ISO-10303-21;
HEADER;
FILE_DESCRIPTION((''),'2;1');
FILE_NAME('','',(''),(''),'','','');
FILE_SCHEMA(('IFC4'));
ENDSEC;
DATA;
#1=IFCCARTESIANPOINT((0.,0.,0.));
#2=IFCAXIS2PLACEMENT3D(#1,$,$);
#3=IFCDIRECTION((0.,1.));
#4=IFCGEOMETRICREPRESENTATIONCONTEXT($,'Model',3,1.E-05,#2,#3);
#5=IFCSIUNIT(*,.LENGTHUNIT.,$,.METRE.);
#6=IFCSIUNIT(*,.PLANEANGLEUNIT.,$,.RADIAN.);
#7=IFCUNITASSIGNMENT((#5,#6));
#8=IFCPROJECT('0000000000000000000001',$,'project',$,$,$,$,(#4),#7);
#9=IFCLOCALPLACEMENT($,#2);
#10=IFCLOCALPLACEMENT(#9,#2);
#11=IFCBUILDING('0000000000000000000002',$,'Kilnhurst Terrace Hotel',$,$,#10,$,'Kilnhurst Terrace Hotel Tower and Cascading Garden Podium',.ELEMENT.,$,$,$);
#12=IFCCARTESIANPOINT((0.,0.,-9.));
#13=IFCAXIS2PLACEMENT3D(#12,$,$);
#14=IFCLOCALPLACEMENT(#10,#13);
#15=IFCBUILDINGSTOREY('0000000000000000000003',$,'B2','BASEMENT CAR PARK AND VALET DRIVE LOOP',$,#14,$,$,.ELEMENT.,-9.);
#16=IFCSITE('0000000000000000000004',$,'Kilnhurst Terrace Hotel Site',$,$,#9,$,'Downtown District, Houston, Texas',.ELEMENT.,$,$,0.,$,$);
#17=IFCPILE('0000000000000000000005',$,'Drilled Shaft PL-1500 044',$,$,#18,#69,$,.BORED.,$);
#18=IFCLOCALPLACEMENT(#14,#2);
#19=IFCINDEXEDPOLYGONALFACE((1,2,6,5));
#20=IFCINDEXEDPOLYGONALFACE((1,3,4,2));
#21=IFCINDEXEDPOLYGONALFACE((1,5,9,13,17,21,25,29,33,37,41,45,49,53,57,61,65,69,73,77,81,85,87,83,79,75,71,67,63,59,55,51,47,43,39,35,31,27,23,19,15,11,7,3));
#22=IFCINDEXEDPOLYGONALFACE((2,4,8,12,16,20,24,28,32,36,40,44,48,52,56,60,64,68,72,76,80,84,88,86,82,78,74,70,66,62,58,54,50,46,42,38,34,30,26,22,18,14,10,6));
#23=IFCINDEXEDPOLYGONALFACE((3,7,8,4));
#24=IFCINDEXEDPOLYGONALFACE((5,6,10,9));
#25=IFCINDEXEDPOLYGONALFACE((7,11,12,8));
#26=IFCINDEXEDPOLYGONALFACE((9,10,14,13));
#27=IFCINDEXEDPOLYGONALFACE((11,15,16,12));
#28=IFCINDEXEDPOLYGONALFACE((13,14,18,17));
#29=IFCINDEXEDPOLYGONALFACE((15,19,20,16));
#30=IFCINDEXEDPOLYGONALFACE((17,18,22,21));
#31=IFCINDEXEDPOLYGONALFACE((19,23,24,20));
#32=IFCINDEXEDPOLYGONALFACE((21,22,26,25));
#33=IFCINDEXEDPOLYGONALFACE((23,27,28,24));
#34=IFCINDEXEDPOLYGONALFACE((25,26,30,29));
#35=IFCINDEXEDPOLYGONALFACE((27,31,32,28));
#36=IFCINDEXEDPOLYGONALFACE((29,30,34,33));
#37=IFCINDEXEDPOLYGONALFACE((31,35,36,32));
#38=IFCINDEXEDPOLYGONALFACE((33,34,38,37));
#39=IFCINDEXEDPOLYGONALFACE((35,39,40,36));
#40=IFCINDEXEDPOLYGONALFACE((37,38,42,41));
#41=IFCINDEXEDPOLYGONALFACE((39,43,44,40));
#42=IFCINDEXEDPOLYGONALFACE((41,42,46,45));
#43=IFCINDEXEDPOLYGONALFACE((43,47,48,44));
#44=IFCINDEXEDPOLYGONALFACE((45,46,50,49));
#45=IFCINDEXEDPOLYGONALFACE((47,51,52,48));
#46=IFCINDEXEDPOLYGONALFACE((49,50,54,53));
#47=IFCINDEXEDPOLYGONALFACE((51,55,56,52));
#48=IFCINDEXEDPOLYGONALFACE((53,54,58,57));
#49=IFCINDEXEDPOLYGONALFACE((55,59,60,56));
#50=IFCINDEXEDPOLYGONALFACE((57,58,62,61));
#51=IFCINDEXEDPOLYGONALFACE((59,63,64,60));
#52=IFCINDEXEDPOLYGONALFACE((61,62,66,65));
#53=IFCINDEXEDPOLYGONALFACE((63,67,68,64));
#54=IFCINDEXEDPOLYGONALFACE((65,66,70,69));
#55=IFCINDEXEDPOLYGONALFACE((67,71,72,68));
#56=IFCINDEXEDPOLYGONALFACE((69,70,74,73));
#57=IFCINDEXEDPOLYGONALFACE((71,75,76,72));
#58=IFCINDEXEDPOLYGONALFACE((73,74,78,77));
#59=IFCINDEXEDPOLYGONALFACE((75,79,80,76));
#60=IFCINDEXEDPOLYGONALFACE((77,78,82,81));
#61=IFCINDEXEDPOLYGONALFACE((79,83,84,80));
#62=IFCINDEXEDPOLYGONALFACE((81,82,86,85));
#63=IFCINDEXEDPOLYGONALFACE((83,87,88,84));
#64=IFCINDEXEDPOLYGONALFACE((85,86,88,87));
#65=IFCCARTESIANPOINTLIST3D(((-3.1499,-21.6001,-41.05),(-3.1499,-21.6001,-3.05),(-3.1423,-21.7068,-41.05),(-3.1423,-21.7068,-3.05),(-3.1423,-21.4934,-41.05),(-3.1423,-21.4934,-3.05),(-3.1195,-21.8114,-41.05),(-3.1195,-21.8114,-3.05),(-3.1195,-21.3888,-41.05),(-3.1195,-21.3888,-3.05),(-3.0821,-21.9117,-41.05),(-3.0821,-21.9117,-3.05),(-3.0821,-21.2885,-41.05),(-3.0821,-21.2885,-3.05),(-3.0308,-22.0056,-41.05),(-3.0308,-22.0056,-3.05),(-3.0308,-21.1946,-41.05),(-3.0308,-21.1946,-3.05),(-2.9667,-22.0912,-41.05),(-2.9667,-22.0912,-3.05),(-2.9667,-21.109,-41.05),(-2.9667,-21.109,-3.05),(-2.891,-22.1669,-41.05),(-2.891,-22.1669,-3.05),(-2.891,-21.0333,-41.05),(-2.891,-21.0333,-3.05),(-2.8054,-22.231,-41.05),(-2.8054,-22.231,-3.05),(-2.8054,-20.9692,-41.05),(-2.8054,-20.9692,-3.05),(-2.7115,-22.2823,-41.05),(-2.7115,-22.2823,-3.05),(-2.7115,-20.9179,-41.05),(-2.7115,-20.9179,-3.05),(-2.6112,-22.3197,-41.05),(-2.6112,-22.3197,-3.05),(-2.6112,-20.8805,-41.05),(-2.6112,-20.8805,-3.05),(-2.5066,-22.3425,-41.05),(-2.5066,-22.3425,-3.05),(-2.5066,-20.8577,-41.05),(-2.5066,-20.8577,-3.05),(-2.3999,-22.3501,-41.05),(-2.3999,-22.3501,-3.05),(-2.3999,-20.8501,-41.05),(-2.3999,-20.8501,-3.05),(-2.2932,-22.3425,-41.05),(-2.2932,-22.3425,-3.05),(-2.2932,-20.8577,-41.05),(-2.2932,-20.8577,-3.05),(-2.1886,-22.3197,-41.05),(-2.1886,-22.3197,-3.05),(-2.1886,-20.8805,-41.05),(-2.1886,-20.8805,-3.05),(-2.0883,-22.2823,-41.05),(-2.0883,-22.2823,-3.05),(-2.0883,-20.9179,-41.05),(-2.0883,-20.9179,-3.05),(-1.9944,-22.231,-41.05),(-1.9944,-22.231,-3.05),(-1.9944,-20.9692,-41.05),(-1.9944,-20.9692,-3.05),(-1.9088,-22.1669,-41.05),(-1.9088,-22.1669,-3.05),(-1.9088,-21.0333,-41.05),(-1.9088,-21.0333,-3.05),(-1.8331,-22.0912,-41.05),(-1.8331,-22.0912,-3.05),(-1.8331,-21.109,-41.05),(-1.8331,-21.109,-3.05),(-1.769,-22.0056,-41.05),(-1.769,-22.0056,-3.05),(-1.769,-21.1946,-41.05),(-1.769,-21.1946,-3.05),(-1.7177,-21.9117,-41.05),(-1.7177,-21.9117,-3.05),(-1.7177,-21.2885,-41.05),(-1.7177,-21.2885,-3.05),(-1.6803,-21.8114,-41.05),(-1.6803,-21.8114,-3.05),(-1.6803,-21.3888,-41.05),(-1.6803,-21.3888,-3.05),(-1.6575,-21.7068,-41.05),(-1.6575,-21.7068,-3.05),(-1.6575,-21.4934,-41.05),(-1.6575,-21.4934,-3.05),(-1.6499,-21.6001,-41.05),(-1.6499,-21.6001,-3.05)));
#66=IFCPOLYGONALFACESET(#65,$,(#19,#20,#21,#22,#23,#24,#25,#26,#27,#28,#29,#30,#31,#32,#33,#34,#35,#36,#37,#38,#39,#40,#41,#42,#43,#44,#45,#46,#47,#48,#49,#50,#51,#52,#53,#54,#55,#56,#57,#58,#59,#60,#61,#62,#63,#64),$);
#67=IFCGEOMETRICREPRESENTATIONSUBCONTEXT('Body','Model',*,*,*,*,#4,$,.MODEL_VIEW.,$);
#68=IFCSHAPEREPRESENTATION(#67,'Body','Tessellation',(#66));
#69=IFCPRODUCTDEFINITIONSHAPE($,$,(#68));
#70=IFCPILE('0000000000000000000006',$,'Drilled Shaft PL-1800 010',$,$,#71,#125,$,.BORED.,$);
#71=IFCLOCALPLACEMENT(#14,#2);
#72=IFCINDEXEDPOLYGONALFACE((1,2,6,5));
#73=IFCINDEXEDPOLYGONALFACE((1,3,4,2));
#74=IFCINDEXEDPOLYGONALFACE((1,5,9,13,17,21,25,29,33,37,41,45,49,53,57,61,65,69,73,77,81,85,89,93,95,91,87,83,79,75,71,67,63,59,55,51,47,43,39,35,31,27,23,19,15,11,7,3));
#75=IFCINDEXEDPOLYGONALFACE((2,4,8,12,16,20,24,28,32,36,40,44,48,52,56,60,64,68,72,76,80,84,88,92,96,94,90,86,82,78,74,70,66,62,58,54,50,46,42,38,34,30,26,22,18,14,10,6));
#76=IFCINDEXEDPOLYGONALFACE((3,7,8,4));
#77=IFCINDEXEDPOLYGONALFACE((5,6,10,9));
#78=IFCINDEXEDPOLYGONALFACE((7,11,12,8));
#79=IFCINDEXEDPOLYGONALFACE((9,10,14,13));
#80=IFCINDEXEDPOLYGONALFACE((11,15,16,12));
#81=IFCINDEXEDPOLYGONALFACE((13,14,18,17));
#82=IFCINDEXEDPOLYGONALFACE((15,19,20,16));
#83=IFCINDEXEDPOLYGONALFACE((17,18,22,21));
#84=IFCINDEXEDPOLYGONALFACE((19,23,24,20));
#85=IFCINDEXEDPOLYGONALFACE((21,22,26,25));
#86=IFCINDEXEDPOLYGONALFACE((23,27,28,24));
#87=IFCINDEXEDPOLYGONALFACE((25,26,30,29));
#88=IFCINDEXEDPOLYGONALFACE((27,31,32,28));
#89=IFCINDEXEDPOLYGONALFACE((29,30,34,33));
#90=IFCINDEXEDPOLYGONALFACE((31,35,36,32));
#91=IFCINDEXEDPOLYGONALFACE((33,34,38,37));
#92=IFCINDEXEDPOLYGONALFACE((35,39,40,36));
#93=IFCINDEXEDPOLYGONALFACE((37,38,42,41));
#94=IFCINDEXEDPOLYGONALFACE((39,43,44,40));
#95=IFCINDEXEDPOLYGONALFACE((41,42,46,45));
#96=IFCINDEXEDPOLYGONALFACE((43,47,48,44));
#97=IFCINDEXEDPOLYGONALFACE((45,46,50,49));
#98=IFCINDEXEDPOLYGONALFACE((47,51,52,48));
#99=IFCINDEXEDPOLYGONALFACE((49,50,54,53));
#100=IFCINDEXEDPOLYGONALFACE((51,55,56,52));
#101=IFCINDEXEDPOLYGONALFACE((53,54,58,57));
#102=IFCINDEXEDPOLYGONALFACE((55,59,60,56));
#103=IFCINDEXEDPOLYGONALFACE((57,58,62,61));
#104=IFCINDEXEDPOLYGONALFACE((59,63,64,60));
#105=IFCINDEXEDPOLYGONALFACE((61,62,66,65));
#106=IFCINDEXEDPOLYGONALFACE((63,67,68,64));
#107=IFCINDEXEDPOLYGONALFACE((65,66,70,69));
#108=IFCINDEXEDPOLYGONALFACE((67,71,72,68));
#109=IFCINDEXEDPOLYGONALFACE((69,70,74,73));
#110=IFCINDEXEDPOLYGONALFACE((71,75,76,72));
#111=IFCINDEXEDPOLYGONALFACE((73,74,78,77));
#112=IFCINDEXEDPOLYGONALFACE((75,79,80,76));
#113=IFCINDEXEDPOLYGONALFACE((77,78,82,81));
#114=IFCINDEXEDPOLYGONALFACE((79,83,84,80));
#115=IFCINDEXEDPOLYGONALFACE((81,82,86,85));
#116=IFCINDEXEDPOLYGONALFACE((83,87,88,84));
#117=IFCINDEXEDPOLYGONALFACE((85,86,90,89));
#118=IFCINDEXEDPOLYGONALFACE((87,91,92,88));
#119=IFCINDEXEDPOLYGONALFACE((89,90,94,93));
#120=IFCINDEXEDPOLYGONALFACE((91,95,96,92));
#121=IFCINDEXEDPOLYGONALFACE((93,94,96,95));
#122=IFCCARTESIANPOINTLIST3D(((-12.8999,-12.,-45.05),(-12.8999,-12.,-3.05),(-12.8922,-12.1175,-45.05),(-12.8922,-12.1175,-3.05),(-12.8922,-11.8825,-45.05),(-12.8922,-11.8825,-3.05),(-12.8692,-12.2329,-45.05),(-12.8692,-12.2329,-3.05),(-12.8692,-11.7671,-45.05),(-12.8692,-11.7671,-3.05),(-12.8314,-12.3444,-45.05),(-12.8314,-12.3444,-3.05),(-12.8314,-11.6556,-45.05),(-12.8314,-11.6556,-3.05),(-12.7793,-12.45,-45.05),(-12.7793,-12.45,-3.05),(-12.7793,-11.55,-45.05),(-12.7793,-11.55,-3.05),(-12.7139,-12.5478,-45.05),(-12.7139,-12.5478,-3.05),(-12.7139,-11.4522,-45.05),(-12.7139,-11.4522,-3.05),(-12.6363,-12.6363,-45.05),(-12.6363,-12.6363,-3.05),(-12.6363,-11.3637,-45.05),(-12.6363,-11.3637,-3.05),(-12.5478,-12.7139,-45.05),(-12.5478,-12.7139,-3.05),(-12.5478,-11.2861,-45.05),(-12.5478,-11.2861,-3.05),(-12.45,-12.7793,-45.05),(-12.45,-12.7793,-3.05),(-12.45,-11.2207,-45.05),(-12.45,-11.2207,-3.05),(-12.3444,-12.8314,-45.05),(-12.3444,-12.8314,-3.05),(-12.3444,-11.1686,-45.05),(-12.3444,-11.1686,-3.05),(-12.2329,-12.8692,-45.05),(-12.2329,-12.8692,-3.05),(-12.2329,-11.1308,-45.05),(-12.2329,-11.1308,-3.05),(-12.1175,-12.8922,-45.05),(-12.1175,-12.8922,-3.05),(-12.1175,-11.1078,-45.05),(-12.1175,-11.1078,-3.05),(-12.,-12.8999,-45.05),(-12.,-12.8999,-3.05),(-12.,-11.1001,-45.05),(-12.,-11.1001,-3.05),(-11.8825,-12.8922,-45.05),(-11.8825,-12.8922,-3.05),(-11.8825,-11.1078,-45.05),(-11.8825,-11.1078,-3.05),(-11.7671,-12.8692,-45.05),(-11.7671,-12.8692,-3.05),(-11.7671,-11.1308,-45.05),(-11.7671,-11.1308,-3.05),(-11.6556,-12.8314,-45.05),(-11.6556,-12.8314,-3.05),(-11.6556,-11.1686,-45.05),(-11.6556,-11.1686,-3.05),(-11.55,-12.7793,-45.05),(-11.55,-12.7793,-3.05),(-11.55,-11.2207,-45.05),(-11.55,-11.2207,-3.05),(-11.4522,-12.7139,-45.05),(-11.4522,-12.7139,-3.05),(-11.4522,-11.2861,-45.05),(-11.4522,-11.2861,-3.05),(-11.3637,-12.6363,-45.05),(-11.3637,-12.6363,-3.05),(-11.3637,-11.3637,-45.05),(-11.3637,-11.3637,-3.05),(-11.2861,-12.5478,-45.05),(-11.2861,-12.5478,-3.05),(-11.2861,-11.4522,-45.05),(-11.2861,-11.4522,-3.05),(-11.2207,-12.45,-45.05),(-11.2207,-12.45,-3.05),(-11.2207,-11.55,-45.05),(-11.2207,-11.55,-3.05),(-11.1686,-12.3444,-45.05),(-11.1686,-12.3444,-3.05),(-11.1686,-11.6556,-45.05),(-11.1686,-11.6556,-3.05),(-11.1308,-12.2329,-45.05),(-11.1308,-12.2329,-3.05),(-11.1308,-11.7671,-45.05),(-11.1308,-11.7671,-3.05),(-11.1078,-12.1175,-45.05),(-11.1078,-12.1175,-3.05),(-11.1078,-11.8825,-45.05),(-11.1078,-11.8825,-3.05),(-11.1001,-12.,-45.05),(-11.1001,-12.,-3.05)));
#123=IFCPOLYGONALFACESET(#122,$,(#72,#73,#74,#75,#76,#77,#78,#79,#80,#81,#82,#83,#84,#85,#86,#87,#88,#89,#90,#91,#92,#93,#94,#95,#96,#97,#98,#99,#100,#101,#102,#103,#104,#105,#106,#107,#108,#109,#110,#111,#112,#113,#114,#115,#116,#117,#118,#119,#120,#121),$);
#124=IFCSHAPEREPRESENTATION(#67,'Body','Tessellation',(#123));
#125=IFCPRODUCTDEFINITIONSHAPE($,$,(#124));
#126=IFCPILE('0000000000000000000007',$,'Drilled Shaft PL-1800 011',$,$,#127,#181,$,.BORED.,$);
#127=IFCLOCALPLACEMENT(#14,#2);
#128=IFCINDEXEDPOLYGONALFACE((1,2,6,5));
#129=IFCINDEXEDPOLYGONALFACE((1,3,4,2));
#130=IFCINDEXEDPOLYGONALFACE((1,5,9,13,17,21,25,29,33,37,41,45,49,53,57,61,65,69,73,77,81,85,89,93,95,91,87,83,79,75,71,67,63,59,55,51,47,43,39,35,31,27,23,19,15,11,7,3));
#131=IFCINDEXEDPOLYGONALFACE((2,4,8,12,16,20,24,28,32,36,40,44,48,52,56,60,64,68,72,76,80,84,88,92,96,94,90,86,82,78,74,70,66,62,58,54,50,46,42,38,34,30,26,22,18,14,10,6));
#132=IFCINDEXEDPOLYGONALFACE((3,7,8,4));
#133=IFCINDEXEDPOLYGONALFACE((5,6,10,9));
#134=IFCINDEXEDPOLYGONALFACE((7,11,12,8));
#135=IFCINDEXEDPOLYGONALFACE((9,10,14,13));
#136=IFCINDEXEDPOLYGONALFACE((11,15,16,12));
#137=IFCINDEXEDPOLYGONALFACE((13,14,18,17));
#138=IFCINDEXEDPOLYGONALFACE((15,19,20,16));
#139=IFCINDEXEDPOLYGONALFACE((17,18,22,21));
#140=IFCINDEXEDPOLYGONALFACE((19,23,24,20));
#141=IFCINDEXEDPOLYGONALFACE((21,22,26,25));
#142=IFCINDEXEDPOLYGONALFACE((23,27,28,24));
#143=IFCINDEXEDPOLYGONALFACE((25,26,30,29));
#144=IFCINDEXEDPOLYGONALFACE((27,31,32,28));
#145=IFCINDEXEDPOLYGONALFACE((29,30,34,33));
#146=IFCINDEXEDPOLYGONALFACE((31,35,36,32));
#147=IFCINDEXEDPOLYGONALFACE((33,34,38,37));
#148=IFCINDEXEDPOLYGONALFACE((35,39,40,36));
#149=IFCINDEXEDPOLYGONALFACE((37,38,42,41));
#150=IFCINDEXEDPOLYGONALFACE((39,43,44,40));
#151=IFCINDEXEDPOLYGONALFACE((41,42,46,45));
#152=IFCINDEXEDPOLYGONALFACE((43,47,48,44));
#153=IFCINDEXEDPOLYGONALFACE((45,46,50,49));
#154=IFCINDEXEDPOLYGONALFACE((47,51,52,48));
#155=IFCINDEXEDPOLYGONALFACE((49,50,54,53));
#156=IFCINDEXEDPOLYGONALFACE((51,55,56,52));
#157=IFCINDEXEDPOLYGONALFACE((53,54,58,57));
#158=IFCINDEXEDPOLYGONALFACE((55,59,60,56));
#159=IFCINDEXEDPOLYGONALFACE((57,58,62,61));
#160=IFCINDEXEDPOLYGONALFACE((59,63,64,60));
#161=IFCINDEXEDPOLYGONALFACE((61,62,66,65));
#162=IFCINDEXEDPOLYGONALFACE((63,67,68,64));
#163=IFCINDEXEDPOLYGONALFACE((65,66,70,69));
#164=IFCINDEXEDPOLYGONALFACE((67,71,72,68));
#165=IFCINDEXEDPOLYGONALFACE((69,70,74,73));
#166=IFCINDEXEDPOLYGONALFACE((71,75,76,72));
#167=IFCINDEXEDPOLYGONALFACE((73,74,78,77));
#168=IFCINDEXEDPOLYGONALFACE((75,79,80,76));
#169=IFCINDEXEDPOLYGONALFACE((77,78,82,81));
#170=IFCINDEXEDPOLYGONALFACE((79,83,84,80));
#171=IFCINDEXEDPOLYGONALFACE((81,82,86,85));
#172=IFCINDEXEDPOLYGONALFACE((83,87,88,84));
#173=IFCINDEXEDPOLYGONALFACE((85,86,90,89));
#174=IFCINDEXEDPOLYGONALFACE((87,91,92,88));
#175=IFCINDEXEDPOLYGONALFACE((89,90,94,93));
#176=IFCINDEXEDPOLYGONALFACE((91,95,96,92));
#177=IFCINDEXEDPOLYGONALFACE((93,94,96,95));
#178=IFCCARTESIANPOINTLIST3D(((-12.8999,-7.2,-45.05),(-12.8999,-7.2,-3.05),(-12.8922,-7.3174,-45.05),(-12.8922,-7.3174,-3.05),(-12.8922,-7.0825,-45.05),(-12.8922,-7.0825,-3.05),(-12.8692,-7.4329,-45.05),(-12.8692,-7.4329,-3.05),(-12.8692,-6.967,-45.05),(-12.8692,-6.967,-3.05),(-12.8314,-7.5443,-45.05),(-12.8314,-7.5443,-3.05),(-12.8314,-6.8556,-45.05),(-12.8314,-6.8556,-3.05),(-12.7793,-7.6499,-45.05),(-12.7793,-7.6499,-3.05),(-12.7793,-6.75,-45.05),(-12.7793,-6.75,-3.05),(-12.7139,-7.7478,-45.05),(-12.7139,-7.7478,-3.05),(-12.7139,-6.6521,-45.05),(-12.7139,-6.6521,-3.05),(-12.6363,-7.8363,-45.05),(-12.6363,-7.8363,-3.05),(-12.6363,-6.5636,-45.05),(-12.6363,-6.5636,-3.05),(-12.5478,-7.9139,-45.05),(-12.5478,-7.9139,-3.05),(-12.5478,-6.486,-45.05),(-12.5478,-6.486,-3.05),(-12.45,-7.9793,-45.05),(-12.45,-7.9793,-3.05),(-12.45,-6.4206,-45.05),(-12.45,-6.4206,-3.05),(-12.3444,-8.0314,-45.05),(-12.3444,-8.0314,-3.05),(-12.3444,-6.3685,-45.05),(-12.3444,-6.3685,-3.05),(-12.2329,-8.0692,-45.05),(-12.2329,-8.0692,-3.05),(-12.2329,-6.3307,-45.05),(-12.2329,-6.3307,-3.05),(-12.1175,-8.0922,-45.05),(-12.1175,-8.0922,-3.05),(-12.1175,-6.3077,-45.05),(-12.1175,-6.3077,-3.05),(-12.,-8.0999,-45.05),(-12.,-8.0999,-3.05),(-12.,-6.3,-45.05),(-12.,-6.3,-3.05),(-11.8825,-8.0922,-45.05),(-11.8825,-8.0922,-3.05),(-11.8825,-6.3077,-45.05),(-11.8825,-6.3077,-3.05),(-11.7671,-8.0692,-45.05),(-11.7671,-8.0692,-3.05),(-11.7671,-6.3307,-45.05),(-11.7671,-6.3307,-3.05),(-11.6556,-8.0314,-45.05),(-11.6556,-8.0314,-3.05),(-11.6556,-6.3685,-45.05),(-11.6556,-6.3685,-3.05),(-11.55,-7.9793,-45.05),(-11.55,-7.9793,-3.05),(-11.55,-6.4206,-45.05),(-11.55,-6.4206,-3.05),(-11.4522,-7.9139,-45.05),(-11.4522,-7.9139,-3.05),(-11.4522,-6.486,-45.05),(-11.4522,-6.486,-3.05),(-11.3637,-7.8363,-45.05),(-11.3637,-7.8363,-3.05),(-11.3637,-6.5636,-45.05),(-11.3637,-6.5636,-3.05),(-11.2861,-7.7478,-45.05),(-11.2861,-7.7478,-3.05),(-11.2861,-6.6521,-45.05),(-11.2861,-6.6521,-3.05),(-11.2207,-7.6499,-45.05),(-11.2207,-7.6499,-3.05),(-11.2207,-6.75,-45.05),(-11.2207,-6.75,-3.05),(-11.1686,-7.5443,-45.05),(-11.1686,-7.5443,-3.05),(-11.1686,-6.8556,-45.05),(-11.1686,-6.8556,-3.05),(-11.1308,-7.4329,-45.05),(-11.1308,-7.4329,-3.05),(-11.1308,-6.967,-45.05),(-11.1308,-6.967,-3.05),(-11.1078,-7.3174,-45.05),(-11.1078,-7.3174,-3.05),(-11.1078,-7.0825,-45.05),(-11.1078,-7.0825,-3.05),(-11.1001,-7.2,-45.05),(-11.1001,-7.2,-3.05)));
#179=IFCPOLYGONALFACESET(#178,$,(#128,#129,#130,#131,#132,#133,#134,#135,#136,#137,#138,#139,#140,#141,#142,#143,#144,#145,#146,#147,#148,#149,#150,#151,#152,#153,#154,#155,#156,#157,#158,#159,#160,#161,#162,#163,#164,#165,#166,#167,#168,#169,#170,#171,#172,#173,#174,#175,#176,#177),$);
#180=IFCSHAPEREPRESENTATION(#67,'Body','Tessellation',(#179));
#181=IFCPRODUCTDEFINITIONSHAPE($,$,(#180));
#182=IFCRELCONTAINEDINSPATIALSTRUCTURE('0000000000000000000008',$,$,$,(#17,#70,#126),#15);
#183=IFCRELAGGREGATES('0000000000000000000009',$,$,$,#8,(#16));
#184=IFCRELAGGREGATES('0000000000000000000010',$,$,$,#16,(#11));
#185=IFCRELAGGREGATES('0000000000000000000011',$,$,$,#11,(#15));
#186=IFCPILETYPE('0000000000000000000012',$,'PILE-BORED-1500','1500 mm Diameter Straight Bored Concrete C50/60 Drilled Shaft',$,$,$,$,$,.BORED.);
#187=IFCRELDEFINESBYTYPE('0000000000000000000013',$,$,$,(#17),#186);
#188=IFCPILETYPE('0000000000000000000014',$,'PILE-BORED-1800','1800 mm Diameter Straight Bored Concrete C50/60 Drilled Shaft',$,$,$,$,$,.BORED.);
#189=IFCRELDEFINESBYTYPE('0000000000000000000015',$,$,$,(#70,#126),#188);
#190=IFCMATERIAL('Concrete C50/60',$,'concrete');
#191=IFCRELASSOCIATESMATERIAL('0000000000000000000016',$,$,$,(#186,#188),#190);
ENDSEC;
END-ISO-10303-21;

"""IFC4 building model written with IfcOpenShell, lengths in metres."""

from ifc_helpers import new_model, si_unit, direction, frame, origin, origin_2d, place, context, subcontext, project, spatial, circle, extrude, material, material_profile, profile_set, type_object, element, save


model = new_model("IFC4")

# Units and contexts
model_context = context("Model", 3, precision=1e-05, world=origin(), true_north=direction((0.0, 1.0)))
body_context = subcontext(model_context, "Body", "Model", "MODEL_VIEW")
ifc_project = project(units=[si_unit("LENGTHUNIT", "METRE"), si_unit("PLANEANGLEUNIT", "RADIAN")], contexts=[model_context])

# Site, building, storey
site_placement = place(None, origin())
site = spatial("IfcSite", under=ifc_project, at=site_placement, Name="Kilnhurst Terrace Hotel Site", LongName="Downtown District, Houston, Texas", CompositionType="ELEMENT", RefElevation=0.0)
building_placement = place(site_placement, origin())
building = spatial("IfcBuilding", under=site, at=building_placement, Name="Kilnhurst Terrace Hotel", LongName="Kilnhurst Terrace Hotel Tower and Cascading Garden Podium", CompositionType="ELEMENT")
storey_placement = place(building_placement, frame((0.0, 0.0, -9.0)))
storey = spatial("IfcBuildingStorey", under=building, at=storey_placement, Name="B2", Description="BASEMENT CAR PARK AND VALET DRIVE LOOP", CompositionType="ELEMENT", Elevation=-9.0)

# Piles
ifc_material_1 = material(Name="Concrete C50/60", Category="concrete")
ifc_material_profile_1 = material_profile(ifc_material_1, circle(Radius=0.75, at=origin_2d()), Name="PILE1500")
ifc_profile_set_1 = profile_set([ifc_material_profile_1], Name="Concrete C50/60")
pile_type_1 = type_object("IfcPileType", Name="PILE-BORED-1500", Description="1500 mm Diameter Straight Bored Concrete C50/60 Drilled Shaft", PredefinedType="BORED", material=ifc_profile_set_1)
for number, where, z_axis, x_axis, name in (
    (1, (-2.3999, -21.6001, -3.05), (0.0, 0.0, -1.0), (1.0, 0.0, 0.0), "Drilled Shaft PL-1500 044"),
):
    element("IfcPile", number, at=place(storey_placement, frame(where, z_axis=z_axis, x_axis=x_axis)), inside=storey, type_object=pile_type_1, Name=name, PredefinedType="BORED", context=body_context, shape_type="SweptSolid", body=[
        extrude(circle(Radius=0.75, at=origin_2d()), origin(), (0.0, 0.0, 1.0), 38.0),
    ])
ifc_material_profile_2 = material_profile(ifc_material_1, circle(Radius=0.8999, at=origin_2d()), Name="PILE1800")
ifc_profile_set_2 = profile_set([ifc_material_profile_2], Name="Concrete C50/60")
pile_type_2 = type_object("IfcPileType", Name="PILE-BORED-1800", Description="1800 mm Diameter Straight Bored Concrete C50/60 Drilled Shaft", PredefinedType="BORED", material=ifc_profile_set_2)
for number, where, z_axis, x_axis, name in (
    (2, (-12.0, -12.0, -3.05), (0.0, 0.0, -1.0), (1.0, 0.0, 0.0), "Drilled Shaft PL-1800 010"),
    (3, (-12.0, -7.2, -3.05), (0.0, 0.0, -1.0), (1.0, 0.0, 0.0), "Drilled Shaft PL-1800 011"),
):
    element("IfcPile", number, at=place(storey_placement, frame(where, z_axis=z_axis, x_axis=x_axis)), inside=storey, type_object=pile_type_2, Name=name, PredefinedType="BORED", context=body_context, shape_type="SweptSolid", body=[
        extrude(circle(Radius=0.8999, at=origin_2d()), origin(), (0.0, 0.0, 1.0), 42.0),
    ])

save(model, "model.ifc")
